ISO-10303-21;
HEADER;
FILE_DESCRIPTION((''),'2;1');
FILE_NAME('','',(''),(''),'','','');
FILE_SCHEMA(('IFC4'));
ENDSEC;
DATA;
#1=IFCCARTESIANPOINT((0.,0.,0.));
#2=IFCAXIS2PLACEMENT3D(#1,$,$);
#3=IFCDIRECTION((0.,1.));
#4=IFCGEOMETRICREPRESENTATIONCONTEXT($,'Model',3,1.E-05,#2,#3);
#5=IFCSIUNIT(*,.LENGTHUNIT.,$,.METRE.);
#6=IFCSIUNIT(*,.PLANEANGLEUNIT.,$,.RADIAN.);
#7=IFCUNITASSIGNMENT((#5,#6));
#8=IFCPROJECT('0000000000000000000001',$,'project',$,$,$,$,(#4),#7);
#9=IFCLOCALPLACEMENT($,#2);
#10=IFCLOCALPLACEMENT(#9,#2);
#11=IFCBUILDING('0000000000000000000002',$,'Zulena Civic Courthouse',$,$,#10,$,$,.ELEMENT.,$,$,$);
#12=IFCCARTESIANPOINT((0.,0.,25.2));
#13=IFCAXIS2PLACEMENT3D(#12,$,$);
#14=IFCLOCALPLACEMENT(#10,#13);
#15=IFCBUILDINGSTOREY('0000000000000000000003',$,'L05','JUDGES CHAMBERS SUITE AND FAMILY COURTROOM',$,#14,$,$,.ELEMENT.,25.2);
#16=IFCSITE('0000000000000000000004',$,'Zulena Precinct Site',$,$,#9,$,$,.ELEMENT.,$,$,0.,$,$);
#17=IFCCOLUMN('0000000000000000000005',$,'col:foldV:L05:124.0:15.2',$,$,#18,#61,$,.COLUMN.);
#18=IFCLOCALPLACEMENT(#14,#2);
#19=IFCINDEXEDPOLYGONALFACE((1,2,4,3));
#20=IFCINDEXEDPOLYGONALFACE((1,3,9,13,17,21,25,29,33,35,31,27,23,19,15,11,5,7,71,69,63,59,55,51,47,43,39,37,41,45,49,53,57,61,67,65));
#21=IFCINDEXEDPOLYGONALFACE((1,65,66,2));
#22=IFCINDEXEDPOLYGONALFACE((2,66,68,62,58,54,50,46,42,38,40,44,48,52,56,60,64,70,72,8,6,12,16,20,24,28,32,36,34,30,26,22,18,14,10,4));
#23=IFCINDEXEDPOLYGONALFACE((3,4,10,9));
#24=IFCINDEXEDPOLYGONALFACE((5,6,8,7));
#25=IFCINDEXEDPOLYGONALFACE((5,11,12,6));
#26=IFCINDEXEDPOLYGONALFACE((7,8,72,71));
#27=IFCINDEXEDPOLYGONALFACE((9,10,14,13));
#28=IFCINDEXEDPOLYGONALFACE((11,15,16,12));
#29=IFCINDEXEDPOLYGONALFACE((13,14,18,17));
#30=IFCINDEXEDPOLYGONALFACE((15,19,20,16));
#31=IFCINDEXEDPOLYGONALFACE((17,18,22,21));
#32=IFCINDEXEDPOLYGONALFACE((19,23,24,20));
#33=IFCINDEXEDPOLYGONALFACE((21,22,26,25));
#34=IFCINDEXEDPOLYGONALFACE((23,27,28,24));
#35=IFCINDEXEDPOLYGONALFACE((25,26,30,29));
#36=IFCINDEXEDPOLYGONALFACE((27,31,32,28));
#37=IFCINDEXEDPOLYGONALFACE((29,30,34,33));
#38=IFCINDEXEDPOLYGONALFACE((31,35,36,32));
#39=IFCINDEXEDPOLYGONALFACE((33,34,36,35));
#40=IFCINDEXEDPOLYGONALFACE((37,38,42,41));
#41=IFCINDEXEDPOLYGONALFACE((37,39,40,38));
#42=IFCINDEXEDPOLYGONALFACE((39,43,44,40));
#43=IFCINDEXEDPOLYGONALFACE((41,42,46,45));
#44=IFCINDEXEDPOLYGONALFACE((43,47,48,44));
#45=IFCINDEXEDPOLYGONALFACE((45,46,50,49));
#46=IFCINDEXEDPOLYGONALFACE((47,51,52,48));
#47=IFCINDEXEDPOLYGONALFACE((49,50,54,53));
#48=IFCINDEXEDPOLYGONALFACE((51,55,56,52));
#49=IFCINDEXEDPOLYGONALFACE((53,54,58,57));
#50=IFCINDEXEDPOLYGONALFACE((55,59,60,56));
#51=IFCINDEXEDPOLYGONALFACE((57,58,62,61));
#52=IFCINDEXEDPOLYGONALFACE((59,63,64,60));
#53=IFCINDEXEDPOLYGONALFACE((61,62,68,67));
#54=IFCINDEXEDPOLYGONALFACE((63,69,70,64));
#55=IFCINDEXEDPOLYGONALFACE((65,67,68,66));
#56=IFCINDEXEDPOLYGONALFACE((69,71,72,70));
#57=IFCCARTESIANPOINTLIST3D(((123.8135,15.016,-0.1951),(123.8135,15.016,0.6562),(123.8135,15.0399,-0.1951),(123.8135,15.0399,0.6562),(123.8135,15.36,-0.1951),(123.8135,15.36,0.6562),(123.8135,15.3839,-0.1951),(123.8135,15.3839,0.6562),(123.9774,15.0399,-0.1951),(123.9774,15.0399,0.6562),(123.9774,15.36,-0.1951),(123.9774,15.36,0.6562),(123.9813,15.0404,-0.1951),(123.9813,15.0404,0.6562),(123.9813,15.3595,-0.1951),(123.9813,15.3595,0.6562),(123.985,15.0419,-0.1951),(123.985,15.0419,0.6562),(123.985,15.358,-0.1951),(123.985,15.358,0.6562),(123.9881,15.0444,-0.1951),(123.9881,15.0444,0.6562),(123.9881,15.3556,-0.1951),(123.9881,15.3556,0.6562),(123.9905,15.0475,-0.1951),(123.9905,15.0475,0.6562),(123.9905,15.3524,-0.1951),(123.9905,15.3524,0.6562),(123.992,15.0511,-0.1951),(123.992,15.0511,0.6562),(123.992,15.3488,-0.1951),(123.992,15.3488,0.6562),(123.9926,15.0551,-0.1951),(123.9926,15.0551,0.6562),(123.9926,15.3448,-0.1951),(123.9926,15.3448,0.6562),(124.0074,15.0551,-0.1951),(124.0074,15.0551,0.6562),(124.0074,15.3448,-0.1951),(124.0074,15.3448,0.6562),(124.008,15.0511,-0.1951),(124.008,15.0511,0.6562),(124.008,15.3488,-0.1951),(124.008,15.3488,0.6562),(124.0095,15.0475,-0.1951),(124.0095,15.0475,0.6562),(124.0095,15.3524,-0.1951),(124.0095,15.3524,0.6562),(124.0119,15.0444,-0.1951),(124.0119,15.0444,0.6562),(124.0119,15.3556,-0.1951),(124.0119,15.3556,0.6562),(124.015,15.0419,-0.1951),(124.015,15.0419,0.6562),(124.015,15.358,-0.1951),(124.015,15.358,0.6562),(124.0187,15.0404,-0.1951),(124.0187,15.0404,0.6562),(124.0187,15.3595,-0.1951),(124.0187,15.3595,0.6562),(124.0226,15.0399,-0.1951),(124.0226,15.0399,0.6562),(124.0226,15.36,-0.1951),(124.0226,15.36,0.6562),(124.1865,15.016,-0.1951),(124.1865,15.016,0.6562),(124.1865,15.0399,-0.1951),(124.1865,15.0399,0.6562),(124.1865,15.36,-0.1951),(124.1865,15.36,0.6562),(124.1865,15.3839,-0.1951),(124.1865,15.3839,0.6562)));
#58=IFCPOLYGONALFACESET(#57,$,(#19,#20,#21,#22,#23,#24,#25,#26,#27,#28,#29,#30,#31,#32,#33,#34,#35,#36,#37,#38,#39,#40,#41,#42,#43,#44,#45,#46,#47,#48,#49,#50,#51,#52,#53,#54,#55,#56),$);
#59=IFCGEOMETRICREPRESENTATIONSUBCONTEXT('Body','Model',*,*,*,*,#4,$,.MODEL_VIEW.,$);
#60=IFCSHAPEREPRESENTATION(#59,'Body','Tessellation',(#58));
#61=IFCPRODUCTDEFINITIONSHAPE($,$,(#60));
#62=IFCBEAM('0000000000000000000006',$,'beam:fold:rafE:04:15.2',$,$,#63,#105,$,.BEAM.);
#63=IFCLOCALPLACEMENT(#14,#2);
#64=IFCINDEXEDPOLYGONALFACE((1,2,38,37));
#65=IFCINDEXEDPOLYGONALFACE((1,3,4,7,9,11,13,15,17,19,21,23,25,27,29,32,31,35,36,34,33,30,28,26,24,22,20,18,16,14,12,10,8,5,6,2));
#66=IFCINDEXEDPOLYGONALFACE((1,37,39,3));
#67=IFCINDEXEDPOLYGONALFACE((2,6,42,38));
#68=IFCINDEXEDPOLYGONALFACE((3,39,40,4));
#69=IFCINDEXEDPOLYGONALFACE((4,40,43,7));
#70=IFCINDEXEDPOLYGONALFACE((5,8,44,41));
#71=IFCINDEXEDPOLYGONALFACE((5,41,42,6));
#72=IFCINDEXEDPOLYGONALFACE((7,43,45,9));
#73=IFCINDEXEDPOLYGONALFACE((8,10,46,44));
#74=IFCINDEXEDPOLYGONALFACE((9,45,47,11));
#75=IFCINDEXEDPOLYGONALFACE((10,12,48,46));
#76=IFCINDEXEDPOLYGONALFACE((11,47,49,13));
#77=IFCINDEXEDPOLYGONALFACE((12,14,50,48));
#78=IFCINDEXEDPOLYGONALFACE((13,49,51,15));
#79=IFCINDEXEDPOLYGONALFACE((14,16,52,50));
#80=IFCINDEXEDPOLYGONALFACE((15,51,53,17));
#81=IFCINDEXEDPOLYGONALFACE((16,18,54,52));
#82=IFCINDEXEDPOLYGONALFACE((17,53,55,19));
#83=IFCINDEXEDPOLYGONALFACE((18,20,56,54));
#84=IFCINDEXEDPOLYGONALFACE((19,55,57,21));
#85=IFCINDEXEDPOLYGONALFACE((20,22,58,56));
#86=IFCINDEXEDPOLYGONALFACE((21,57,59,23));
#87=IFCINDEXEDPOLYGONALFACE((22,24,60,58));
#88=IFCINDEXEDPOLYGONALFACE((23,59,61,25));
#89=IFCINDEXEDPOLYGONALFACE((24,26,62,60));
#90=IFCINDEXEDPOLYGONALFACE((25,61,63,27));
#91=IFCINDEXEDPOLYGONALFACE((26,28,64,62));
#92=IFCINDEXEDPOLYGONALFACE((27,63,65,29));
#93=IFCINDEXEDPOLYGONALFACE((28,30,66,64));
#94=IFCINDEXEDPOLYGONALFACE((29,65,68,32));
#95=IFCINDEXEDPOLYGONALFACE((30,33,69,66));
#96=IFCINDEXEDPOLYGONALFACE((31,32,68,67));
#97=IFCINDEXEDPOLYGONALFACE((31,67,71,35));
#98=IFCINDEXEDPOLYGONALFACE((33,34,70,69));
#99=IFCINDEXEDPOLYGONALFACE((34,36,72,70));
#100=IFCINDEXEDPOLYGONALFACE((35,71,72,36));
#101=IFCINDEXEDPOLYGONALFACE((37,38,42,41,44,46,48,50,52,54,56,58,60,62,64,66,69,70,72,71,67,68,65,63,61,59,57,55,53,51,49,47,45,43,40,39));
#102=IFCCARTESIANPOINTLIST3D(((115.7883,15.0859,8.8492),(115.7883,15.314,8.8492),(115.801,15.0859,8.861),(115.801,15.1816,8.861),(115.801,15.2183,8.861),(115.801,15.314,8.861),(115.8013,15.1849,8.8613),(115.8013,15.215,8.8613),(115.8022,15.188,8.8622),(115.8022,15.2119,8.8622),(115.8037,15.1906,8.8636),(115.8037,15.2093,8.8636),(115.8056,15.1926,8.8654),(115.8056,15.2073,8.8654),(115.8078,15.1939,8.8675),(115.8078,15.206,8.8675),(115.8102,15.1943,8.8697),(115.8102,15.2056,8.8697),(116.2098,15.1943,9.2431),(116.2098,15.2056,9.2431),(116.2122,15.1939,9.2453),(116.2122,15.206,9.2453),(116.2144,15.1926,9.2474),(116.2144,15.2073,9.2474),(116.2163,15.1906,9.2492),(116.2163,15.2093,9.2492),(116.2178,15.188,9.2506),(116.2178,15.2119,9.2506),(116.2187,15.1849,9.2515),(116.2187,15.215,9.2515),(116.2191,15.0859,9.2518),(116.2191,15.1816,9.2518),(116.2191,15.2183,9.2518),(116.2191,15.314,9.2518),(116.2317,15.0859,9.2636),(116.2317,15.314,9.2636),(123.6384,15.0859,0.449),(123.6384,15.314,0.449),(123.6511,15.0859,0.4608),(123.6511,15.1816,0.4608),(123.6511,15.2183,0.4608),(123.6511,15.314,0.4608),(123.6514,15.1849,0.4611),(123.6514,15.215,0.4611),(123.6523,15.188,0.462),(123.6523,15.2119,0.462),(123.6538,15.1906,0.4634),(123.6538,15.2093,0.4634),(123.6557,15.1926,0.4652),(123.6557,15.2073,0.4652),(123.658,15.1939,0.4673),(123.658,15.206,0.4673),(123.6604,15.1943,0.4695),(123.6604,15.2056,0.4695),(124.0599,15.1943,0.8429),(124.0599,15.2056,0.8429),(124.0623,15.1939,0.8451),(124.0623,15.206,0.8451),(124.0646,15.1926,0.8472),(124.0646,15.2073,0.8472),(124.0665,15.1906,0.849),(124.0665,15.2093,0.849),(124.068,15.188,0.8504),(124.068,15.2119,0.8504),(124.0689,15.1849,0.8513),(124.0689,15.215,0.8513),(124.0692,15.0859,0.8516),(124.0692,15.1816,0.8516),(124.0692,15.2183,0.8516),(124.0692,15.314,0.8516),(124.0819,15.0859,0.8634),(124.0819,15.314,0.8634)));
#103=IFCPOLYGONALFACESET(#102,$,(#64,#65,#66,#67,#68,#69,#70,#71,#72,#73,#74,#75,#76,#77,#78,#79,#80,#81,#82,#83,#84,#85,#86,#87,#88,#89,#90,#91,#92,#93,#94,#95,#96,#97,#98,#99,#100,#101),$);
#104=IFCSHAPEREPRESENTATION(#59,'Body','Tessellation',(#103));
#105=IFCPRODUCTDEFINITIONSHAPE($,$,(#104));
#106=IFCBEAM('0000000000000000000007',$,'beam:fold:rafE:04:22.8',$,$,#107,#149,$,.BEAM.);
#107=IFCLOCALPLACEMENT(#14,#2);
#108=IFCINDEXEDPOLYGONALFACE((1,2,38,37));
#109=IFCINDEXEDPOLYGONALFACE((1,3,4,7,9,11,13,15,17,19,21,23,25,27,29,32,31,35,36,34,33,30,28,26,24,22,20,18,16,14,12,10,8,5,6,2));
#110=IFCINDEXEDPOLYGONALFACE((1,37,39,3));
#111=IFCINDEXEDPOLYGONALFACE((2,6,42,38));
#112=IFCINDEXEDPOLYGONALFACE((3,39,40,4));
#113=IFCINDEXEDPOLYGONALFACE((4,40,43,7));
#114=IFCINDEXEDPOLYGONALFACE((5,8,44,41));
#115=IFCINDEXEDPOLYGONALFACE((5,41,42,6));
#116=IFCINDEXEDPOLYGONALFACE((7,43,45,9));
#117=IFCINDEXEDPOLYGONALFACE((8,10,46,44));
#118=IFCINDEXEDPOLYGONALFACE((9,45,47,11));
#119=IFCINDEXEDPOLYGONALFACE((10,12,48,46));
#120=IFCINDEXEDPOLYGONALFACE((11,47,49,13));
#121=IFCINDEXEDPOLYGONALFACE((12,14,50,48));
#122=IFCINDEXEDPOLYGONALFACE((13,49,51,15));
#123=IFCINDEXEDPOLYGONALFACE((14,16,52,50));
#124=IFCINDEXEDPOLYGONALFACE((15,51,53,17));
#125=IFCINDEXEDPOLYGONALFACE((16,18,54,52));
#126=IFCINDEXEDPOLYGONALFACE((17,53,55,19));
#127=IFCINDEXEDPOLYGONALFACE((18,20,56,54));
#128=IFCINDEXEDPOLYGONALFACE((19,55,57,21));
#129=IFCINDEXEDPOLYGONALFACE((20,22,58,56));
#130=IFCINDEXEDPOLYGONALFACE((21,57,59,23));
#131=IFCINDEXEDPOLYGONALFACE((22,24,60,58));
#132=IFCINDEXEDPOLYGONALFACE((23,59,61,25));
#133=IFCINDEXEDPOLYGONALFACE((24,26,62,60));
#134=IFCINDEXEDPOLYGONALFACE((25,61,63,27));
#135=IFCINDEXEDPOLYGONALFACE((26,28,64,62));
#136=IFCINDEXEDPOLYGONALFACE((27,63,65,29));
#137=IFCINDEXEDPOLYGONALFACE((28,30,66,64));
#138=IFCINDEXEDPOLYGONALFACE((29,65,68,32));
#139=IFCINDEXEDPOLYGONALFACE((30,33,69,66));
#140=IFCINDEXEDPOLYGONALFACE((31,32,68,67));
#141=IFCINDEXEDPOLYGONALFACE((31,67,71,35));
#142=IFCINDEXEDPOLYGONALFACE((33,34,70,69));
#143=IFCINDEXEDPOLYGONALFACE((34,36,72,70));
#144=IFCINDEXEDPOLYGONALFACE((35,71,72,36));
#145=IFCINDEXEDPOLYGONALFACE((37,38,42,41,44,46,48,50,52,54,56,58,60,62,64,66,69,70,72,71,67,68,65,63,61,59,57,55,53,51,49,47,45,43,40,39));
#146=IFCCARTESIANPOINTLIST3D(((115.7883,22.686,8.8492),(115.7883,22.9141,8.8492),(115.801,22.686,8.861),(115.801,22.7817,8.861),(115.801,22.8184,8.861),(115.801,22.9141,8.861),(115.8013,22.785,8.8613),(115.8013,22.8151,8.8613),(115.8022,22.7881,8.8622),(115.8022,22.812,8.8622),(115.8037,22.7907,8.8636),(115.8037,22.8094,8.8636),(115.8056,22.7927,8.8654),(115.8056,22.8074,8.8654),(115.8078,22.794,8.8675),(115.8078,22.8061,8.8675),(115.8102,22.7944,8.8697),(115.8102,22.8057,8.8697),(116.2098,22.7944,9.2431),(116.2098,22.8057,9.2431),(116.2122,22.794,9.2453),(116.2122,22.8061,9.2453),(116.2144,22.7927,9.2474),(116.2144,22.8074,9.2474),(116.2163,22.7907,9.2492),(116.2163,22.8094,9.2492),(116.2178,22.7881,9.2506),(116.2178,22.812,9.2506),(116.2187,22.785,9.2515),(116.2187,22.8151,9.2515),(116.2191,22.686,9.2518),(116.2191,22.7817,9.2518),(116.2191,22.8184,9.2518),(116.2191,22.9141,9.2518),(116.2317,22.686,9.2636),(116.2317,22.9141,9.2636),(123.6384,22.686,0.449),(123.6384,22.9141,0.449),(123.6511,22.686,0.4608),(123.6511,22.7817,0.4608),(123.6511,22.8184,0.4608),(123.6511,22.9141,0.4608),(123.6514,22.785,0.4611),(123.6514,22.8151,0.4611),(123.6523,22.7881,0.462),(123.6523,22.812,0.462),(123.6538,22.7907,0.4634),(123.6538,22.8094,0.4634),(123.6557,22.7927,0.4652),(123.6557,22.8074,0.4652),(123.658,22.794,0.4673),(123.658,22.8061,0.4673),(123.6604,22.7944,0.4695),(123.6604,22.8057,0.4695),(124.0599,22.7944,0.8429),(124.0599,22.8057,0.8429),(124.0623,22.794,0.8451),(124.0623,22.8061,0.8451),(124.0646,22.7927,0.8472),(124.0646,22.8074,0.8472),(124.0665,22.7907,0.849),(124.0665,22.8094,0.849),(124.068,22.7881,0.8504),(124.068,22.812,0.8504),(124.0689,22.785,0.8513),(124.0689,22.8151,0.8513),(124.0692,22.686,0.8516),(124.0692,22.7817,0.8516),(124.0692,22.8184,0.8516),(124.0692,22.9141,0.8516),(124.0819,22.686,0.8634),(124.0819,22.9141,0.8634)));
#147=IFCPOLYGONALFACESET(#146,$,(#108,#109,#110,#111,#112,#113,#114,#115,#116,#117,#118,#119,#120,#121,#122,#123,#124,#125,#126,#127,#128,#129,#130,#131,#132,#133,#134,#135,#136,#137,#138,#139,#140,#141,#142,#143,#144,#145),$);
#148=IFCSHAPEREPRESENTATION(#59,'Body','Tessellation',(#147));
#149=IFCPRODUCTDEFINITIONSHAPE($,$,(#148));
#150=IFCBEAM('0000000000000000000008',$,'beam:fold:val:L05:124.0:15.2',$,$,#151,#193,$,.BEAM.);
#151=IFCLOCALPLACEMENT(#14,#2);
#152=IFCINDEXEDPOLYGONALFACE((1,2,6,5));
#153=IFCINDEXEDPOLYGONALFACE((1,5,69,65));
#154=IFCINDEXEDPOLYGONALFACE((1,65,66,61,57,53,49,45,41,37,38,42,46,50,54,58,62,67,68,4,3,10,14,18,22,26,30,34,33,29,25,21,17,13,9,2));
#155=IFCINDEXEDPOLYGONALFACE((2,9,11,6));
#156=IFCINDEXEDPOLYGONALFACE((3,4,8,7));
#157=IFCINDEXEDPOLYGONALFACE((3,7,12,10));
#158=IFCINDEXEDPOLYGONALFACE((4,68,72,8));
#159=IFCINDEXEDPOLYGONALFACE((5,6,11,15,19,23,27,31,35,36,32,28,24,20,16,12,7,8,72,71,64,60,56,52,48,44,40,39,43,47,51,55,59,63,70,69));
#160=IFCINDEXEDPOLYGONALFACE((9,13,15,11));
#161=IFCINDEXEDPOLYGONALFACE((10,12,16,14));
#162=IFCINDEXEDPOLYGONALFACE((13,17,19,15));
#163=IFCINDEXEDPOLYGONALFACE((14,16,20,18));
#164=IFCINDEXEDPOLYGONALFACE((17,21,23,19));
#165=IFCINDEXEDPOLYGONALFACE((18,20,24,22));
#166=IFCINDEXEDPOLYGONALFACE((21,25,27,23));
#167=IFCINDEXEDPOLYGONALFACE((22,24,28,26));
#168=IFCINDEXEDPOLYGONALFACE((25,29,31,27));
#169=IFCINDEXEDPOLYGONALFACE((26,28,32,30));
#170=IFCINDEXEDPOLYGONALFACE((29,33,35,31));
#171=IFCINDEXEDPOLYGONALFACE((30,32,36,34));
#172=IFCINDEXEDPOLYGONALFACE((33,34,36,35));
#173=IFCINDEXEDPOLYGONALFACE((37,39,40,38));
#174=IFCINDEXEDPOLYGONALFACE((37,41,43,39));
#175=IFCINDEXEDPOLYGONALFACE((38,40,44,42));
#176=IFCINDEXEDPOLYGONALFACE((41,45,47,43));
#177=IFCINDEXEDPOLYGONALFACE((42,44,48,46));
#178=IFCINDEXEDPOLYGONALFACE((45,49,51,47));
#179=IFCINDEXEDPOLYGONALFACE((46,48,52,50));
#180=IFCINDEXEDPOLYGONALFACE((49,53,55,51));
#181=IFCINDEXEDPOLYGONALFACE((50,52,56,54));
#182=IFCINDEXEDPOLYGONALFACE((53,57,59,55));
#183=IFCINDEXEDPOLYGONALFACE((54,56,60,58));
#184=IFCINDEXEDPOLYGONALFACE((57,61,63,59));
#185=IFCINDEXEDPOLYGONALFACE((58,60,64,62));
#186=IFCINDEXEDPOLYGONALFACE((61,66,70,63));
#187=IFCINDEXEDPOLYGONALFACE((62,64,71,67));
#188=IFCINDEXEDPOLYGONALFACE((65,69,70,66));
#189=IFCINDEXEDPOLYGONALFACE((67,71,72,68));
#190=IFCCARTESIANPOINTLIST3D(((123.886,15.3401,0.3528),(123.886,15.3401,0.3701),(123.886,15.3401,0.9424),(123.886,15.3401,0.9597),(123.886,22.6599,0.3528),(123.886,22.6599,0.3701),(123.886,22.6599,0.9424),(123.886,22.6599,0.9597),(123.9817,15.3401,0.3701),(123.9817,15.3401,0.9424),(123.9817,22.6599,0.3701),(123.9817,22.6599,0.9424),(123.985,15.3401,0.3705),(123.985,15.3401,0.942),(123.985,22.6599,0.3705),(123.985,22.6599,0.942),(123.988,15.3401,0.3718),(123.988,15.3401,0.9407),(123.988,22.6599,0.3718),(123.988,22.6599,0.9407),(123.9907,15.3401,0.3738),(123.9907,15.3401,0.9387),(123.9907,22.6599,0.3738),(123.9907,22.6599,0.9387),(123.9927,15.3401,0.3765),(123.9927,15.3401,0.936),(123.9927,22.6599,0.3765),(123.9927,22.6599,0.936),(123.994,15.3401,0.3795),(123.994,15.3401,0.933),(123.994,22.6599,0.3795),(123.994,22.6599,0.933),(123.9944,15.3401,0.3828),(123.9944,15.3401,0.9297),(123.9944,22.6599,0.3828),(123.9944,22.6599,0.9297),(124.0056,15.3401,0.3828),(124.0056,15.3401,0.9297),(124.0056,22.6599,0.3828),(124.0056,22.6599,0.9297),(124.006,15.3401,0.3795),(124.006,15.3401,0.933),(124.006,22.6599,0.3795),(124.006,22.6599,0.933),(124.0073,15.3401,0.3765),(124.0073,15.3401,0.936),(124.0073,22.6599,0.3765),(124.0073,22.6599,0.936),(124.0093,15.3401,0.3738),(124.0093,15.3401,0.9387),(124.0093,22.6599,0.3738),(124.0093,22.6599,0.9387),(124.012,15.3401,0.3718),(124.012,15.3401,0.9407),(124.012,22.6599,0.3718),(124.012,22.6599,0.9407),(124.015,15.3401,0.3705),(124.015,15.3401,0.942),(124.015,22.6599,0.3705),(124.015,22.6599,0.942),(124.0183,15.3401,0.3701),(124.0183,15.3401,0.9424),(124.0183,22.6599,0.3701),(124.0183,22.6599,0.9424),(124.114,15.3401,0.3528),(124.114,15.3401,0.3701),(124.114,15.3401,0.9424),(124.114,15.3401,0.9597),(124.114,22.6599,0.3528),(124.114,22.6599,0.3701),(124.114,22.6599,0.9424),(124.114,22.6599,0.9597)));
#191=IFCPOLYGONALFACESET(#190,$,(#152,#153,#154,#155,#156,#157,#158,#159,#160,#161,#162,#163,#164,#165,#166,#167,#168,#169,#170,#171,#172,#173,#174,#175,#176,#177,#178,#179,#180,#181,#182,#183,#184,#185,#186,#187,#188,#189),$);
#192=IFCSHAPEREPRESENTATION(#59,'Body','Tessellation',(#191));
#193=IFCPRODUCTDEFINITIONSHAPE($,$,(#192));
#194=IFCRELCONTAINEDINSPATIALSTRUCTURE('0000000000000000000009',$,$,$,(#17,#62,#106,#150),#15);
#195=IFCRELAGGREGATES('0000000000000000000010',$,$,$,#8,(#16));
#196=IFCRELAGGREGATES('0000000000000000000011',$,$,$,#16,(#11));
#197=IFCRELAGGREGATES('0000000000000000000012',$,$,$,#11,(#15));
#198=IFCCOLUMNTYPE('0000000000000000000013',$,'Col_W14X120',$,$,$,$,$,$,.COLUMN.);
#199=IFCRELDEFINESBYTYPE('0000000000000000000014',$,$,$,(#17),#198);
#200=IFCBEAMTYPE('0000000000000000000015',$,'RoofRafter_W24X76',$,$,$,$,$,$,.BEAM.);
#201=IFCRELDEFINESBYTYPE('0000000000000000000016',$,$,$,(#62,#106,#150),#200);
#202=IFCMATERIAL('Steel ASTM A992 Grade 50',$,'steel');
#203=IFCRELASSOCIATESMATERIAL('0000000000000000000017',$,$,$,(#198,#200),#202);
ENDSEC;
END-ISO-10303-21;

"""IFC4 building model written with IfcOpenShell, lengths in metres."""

from ifc_helpers import new_model, si_unit, direction, frame, origin, origin_2d, place, context, subcontext, project, spatial, i_section, extrude, material, material_profile, profile_set, type_object, element, save


model = new_model("IFC4")

# Units and contexts
model_context = context("Model", 3, precision=1e-05, world=origin(), true_north=direction((0.0, 1.0)))
body_context = subcontext(model_context, "Body", "Model", "MODEL_VIEW")
ifc_project = project(units=[si_unit("LENGTHUNIT", "METRE"), si_unit("PLANEANGLEUNIT", "RADIAN")], contexts=[model_context])

# Site, building, storey
site_placement = place(None, origin())
site = spatial("IfcSite", under=ifc_project, at=site_placement, Name="Zulena Precinct Site", CompositionType="ELEMENT", RefElevation=0.0)
building_placement = place(site_placement, origin())
building = spatial("IfcBuilding", under=site, at=building_placement, Name="Zulena Civic Courthouse", CompositionType="ELEMENT")
storey_placement = place(building_placement, frame((0.0, 0.0, 25.2)))
storey = spatial("IfcBuildingStorey", under=building, at=storey_placement, Name="L05", Description="JUDGES CHAMBERS SUITE AND FAMILY COURTROOM", CompositionType="ELEMENT", Elevation=25.2)

# Column
ifc_material_1 = material(Name="Steel ASTM A992 Grade 50", Category="steel")
ifc_material_profile_1 = material_profile(ifc_material_1, i_section(OverallWidth=0.373, OverallDepth=0.3679, WebThickness=0.0149, FlangeThickness=0.0239, FilletRadius=0.0151, at=origin_2d()), Name="W14X120")
ifc_profile_set_1 = profile_set([ifc_material_profile_1], Name="Steel ASTM A992 Grade 50")
column_type = type_object("IfcColumnType", Name="Col_W14X120", PredefinedType="COLUMN", material=ifc_profile_set_1)
column_placement = place(storey_placement, frame((124.0, 15.2, -0.1951), z_axis=(0.0, 0.0, 1.0), x_axis=(1.0, 0.0, 0.0)))
element("IfcColumn", 1, at=column_placement, inside=storey, type_object=column_type, Name="col:foldV:L05:124.0:15.2", PredefinedType="COLUMN", context=body_context, shape_type="SweptSolid", body=[
    extrude(i_section(OverallWidth=0.373, OverallDepth=0.3679, WebThickness=0.0149, FlangeThickness=0.0239, FilletRadius=0.0151, at=origin_2d()), origin(), (0.0, 0.0, 1.0), 0.8513),
])

# Beams
ifc_material_profile_2 = material_profile(ifc_material_1, i_section(OverallWidth=0.228, OverallDepth=0.6069, WebThickness=0.0112, FlangeThickness=0.0173, FilletRadius=0.0127, at=origin_2d()), Name="W24X76")
ifc_profile_set_2 = profile_set([ifc_material_profile_2], Name="Steel ASTM A992 Grade 50")
beam_type_1 = type_object("IfcBeamType", Name="RoofRafter_W24X76", PredefinedType="BEAM", material=ifc_profile_set_2)
for number, where, z_axis, x_axis, name in (
    (2, (116.01, 15.2, 9.0564), (0.682781, 0.0, -0.730623), (0.0, 1.0, 0.0), "beam:fold:rafE:04:15.2"),
    (3, (116.01, 22.8, 9.0564), (0.682781, 0.0, -0.730623), (0.0, 1.0, 0.0), "beam:fold:rafE:04:22.8"),
):
    element("IfcBeam", number, at=place(storey_placement, frame(where, z_axis=z_axis, x_axis=x_axis)), inside=storey, type_object=beam_type_1, Name=name, PredefinedType="BEAM", context=body_context, shape_type="SweptSolid", body=[
        extrude(i_section(OverallWidth=0.228, OverallDepth=0.6069, WebThickness=0.0112, FlangeThickness=0.0173, FilletRadius=0.0127, at=origin_2d()), origin(), (0.0, 0.0, 1.0), 11.4973),
    ])
beam_1_placement = place(storey_placement, frame((124.0, 15.3401, 0.6562), z_axis=(0.0, 1.0, 0.0), x_axis=(-1.0, 0.0, 0.0)))
element("IfcBeam", 4, at=beam_1_placement, inside=storey, type_object=beam_type_1, Name="beam:fold:val:L05:124.0:15.2", PredefinedType="BEAM", context=body_context, shape_type="SweptSolid", body=[
    extrude(i_section(OverallWidth=0.228, OverallDepth=0.6069, WebThickness=0.0112, FlangeThickness=0.0173, FilletRadius=0.0127, at=origin_2d()), origin(), (0.0, 0.0, 1.0), 7.3198),
])

save(model, "model.ifc")
